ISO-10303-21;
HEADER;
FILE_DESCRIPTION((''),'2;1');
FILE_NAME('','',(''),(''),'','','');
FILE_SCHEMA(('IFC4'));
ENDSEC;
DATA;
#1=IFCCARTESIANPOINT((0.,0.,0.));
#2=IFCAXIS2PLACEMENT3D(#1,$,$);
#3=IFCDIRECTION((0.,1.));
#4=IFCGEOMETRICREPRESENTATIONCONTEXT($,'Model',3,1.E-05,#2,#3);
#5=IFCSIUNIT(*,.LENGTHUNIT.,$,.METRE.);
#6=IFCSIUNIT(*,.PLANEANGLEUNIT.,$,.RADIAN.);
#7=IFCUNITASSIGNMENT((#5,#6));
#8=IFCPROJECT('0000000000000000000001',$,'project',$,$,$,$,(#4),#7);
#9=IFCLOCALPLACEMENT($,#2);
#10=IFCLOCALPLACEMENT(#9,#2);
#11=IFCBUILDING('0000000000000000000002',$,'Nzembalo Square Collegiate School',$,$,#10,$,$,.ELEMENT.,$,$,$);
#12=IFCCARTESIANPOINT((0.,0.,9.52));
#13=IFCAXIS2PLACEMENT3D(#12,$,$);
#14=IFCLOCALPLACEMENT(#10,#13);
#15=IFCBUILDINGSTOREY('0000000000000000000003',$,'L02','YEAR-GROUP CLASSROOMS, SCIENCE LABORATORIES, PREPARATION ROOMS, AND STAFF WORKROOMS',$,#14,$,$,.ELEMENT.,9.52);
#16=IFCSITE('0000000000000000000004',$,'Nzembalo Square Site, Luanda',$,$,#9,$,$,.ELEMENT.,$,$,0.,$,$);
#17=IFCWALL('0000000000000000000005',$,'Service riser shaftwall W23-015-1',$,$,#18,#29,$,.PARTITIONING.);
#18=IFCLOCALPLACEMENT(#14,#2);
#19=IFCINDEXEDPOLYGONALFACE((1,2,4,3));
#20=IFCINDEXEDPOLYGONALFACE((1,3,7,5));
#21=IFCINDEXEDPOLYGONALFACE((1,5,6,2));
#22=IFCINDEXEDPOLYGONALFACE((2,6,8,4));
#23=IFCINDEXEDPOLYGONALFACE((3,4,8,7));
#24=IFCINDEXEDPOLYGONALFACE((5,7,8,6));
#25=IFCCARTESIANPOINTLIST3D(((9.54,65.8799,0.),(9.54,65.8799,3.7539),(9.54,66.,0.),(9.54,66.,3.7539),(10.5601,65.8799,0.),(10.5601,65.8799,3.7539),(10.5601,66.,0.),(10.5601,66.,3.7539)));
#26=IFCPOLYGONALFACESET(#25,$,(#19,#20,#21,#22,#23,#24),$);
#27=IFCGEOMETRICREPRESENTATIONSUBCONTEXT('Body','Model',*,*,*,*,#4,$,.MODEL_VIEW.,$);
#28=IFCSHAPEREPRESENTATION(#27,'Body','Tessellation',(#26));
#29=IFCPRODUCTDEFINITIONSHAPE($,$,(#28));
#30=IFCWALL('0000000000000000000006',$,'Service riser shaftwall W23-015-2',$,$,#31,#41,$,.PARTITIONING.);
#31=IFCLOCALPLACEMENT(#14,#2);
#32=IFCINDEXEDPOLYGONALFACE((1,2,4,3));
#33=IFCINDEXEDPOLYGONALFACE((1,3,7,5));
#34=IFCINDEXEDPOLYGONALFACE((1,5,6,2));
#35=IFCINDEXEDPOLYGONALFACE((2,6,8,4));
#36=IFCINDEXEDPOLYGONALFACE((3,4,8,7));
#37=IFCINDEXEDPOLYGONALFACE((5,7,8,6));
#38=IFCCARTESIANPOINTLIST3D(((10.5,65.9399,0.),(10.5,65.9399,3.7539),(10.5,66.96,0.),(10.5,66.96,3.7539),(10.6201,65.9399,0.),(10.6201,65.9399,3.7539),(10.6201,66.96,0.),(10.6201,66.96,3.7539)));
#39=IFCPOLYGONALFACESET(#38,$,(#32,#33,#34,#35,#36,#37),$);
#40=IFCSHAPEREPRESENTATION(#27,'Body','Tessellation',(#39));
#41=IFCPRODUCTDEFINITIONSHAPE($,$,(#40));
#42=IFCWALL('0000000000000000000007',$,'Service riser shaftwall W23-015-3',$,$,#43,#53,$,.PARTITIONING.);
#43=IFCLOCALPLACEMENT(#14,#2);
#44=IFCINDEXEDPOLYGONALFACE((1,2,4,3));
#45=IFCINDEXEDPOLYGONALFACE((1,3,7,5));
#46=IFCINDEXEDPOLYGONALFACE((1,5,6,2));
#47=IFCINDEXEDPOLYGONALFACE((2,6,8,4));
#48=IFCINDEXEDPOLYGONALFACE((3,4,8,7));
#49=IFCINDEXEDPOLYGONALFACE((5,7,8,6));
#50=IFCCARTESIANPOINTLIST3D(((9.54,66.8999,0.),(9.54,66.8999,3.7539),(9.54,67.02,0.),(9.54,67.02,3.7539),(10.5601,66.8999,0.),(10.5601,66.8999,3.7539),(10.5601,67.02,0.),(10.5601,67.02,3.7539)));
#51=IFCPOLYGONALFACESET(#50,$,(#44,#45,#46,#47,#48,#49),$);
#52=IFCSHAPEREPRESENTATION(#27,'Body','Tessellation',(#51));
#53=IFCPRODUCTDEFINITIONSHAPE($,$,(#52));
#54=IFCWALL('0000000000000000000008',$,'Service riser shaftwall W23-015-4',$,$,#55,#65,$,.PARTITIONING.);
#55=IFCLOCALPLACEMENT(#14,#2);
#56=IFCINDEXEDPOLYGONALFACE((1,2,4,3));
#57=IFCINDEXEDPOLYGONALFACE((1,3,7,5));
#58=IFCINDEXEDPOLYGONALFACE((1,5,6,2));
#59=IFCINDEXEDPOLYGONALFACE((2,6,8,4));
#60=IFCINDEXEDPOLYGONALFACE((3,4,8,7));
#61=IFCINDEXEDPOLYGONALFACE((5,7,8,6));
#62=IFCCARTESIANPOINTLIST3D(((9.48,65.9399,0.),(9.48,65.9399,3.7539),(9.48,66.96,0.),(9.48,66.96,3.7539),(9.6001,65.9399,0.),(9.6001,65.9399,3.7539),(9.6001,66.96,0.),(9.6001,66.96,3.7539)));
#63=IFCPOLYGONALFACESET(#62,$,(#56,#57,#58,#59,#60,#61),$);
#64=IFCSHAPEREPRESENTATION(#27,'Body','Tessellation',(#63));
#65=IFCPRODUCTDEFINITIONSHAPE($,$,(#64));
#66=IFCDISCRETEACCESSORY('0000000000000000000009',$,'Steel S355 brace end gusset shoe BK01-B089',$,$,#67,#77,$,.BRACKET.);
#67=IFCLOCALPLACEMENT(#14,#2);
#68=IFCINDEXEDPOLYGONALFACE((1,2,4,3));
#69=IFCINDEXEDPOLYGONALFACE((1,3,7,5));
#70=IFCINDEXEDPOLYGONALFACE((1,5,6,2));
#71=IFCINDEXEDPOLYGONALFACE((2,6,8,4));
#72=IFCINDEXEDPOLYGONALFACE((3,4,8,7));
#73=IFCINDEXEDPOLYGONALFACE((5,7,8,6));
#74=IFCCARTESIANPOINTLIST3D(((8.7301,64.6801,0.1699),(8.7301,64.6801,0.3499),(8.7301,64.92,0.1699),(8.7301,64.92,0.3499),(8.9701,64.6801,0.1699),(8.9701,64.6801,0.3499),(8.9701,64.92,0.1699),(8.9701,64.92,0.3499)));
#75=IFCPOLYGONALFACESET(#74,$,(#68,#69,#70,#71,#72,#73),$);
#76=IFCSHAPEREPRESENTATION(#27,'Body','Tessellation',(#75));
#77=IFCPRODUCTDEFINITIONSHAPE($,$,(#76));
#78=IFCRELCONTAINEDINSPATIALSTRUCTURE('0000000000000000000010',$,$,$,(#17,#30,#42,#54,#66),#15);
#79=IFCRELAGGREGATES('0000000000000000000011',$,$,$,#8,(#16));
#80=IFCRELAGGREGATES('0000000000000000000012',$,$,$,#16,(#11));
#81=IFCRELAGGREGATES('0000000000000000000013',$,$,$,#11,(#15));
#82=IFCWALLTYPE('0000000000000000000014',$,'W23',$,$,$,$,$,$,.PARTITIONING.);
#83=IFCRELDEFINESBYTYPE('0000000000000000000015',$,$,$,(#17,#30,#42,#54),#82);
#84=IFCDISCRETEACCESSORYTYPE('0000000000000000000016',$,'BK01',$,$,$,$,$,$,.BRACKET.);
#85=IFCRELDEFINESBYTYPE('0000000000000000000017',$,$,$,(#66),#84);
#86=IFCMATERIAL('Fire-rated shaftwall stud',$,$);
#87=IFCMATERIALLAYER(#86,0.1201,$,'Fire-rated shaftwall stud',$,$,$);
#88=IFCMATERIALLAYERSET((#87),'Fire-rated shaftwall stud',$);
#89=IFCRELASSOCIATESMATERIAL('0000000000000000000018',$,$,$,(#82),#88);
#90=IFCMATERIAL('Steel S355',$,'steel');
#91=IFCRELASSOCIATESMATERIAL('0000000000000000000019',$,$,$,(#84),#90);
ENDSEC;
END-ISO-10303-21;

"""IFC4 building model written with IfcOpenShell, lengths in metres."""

from ifc_helpers import new_model, si_unit, direction, frame, frame_2d, origin, origin_2d, place, context, subcontext, project, spatial, rectangle, extrude, material, layer, layer_set, type_object, element, save


model = new_model("IFC4")

# Units and contexts
model_context = context("Model", 3, precision=1e-05, world=origin(), true_north=direction((0.0, 1.0)))
body_context = subcontext(model_context, "Body", "Model", "MODEL_VIEW")
ifc_project = project(units=[si_unit("LENGTHUNIT", "METRE"), si_unit("PLANEANGLEUNIT", "RADIAN")], contexts=[model_context])

# Site, building, storey
site_placement = place(None, origin())
site = spatial("IfcSite", under=ifc_project, at=site_placement, Name="Nzembalo Square Site, Luanda", CompositionType="ELEMENT", RefElevation=0.0)
building_placement = place(site_placement, origin())
building = spatial("IfcBuilding", under=site, at=building_placement, Name="Nzembalo Square Collegiate School", CompositionType="ELEMENT")
storey_placement = place(building_placement, frame((0.0, 0.0, 9.52)))
storey = spatial("IfcBuildingStorey", under=building, at=storey_placement, Name="L02", Description="YEAR-GROUP CLASSROOMS, SCIENCE LABORATORIES, PREPARATION ROOMS, AND STAFF WORKROOMS", CompositionType="ELEMENT", Elevation=9.52)

# Walls
ifc_material_1 = material(Name="Fire-rated shaftwall stud")
ifc_layer_1 = layer(ifc_material_1, 0.1201, Name="Fire-rated shaftwall stud")
ifc_layer_set_1 = layer_set([ifc_layer_1], Name="Fire-rated shaftwall stud")
wall_type_1 = type_object("IfcWallType", Name="W23", PredefinedType="PARTITIONING", material=ifc_layer_set_1)
for number, where, z_axis, x_axis, name in (
    (1, (9.54, 65.9399, 0.0), (0.0, 0.0, 1.0), (1.0, 0.0, 0.0), "Service riser shaftwall W23-015-1"),
    (2, (10.5601, 65.9399, 0.0), (0.0, 0.0, 1.0), (0.0, 1.0, 0.0), "Service riser shaftwall W23-015-2"),
    (3, (10.5601, 66.96, 0.0), (0.0, 0.0, 1.0), (-1.0, 0.0, 0.0), "Service riser shaftwall W23-015-3"),
    (4, (9.54, 66.96, 0.0), (0.0, 0.0, 1.0), (0.0, -1.0, 0.0), "Service riser shaftwall W23-015-4"),
):
    element("IfcWall", number, at=place(storey_placement, frame(where, z_axis=z_axis, x_axis=x_axis)), inside=storey, type_object=wall_type_1, Name=name, PredefinedType="PARTITIONING", context=body_context, shape_type="SweptSolid", body=[
        extrude(rectangle(XDim=1.02, YDim=0.1201, at=frame_2d((0.51, 0.0))), origin(), (0.0, 0.0, 1.0), 3.7539),
    ])

# Discrete accessory
ifc_material_2 = material(Name="Steel S355", Category="steel")
discrete_accessory_type = type_object("IfcDiscreteAccessoryType", Name="BK01", PredefinedType="BRACKET", material=ifc_material_2)
discrete_accessory_placement = place(storey_placement, frame((8.8501, 64.8, 0.1699), z_axis=(0.0, 0.0, 1.0), x_axis=(1.0, 0.0, 0.0)))
element("IfcDiscreteAccessory", 5, at=discrete_accessory_placement, inside=storey, type_object=discrete_accessory_type, Name="Steel S355 brace end gusset shoe BK01-B089", PredefinedType="BRACKET", context=body_context, shape_type="SweptSolid", body=[
    extrude(rectangle(XDim=0.24, YDim=0.24, at=origin_2d()), origin(), (0.0, 0.0, 1.0), 0.1799),
])

save(model, "model.ifc")
